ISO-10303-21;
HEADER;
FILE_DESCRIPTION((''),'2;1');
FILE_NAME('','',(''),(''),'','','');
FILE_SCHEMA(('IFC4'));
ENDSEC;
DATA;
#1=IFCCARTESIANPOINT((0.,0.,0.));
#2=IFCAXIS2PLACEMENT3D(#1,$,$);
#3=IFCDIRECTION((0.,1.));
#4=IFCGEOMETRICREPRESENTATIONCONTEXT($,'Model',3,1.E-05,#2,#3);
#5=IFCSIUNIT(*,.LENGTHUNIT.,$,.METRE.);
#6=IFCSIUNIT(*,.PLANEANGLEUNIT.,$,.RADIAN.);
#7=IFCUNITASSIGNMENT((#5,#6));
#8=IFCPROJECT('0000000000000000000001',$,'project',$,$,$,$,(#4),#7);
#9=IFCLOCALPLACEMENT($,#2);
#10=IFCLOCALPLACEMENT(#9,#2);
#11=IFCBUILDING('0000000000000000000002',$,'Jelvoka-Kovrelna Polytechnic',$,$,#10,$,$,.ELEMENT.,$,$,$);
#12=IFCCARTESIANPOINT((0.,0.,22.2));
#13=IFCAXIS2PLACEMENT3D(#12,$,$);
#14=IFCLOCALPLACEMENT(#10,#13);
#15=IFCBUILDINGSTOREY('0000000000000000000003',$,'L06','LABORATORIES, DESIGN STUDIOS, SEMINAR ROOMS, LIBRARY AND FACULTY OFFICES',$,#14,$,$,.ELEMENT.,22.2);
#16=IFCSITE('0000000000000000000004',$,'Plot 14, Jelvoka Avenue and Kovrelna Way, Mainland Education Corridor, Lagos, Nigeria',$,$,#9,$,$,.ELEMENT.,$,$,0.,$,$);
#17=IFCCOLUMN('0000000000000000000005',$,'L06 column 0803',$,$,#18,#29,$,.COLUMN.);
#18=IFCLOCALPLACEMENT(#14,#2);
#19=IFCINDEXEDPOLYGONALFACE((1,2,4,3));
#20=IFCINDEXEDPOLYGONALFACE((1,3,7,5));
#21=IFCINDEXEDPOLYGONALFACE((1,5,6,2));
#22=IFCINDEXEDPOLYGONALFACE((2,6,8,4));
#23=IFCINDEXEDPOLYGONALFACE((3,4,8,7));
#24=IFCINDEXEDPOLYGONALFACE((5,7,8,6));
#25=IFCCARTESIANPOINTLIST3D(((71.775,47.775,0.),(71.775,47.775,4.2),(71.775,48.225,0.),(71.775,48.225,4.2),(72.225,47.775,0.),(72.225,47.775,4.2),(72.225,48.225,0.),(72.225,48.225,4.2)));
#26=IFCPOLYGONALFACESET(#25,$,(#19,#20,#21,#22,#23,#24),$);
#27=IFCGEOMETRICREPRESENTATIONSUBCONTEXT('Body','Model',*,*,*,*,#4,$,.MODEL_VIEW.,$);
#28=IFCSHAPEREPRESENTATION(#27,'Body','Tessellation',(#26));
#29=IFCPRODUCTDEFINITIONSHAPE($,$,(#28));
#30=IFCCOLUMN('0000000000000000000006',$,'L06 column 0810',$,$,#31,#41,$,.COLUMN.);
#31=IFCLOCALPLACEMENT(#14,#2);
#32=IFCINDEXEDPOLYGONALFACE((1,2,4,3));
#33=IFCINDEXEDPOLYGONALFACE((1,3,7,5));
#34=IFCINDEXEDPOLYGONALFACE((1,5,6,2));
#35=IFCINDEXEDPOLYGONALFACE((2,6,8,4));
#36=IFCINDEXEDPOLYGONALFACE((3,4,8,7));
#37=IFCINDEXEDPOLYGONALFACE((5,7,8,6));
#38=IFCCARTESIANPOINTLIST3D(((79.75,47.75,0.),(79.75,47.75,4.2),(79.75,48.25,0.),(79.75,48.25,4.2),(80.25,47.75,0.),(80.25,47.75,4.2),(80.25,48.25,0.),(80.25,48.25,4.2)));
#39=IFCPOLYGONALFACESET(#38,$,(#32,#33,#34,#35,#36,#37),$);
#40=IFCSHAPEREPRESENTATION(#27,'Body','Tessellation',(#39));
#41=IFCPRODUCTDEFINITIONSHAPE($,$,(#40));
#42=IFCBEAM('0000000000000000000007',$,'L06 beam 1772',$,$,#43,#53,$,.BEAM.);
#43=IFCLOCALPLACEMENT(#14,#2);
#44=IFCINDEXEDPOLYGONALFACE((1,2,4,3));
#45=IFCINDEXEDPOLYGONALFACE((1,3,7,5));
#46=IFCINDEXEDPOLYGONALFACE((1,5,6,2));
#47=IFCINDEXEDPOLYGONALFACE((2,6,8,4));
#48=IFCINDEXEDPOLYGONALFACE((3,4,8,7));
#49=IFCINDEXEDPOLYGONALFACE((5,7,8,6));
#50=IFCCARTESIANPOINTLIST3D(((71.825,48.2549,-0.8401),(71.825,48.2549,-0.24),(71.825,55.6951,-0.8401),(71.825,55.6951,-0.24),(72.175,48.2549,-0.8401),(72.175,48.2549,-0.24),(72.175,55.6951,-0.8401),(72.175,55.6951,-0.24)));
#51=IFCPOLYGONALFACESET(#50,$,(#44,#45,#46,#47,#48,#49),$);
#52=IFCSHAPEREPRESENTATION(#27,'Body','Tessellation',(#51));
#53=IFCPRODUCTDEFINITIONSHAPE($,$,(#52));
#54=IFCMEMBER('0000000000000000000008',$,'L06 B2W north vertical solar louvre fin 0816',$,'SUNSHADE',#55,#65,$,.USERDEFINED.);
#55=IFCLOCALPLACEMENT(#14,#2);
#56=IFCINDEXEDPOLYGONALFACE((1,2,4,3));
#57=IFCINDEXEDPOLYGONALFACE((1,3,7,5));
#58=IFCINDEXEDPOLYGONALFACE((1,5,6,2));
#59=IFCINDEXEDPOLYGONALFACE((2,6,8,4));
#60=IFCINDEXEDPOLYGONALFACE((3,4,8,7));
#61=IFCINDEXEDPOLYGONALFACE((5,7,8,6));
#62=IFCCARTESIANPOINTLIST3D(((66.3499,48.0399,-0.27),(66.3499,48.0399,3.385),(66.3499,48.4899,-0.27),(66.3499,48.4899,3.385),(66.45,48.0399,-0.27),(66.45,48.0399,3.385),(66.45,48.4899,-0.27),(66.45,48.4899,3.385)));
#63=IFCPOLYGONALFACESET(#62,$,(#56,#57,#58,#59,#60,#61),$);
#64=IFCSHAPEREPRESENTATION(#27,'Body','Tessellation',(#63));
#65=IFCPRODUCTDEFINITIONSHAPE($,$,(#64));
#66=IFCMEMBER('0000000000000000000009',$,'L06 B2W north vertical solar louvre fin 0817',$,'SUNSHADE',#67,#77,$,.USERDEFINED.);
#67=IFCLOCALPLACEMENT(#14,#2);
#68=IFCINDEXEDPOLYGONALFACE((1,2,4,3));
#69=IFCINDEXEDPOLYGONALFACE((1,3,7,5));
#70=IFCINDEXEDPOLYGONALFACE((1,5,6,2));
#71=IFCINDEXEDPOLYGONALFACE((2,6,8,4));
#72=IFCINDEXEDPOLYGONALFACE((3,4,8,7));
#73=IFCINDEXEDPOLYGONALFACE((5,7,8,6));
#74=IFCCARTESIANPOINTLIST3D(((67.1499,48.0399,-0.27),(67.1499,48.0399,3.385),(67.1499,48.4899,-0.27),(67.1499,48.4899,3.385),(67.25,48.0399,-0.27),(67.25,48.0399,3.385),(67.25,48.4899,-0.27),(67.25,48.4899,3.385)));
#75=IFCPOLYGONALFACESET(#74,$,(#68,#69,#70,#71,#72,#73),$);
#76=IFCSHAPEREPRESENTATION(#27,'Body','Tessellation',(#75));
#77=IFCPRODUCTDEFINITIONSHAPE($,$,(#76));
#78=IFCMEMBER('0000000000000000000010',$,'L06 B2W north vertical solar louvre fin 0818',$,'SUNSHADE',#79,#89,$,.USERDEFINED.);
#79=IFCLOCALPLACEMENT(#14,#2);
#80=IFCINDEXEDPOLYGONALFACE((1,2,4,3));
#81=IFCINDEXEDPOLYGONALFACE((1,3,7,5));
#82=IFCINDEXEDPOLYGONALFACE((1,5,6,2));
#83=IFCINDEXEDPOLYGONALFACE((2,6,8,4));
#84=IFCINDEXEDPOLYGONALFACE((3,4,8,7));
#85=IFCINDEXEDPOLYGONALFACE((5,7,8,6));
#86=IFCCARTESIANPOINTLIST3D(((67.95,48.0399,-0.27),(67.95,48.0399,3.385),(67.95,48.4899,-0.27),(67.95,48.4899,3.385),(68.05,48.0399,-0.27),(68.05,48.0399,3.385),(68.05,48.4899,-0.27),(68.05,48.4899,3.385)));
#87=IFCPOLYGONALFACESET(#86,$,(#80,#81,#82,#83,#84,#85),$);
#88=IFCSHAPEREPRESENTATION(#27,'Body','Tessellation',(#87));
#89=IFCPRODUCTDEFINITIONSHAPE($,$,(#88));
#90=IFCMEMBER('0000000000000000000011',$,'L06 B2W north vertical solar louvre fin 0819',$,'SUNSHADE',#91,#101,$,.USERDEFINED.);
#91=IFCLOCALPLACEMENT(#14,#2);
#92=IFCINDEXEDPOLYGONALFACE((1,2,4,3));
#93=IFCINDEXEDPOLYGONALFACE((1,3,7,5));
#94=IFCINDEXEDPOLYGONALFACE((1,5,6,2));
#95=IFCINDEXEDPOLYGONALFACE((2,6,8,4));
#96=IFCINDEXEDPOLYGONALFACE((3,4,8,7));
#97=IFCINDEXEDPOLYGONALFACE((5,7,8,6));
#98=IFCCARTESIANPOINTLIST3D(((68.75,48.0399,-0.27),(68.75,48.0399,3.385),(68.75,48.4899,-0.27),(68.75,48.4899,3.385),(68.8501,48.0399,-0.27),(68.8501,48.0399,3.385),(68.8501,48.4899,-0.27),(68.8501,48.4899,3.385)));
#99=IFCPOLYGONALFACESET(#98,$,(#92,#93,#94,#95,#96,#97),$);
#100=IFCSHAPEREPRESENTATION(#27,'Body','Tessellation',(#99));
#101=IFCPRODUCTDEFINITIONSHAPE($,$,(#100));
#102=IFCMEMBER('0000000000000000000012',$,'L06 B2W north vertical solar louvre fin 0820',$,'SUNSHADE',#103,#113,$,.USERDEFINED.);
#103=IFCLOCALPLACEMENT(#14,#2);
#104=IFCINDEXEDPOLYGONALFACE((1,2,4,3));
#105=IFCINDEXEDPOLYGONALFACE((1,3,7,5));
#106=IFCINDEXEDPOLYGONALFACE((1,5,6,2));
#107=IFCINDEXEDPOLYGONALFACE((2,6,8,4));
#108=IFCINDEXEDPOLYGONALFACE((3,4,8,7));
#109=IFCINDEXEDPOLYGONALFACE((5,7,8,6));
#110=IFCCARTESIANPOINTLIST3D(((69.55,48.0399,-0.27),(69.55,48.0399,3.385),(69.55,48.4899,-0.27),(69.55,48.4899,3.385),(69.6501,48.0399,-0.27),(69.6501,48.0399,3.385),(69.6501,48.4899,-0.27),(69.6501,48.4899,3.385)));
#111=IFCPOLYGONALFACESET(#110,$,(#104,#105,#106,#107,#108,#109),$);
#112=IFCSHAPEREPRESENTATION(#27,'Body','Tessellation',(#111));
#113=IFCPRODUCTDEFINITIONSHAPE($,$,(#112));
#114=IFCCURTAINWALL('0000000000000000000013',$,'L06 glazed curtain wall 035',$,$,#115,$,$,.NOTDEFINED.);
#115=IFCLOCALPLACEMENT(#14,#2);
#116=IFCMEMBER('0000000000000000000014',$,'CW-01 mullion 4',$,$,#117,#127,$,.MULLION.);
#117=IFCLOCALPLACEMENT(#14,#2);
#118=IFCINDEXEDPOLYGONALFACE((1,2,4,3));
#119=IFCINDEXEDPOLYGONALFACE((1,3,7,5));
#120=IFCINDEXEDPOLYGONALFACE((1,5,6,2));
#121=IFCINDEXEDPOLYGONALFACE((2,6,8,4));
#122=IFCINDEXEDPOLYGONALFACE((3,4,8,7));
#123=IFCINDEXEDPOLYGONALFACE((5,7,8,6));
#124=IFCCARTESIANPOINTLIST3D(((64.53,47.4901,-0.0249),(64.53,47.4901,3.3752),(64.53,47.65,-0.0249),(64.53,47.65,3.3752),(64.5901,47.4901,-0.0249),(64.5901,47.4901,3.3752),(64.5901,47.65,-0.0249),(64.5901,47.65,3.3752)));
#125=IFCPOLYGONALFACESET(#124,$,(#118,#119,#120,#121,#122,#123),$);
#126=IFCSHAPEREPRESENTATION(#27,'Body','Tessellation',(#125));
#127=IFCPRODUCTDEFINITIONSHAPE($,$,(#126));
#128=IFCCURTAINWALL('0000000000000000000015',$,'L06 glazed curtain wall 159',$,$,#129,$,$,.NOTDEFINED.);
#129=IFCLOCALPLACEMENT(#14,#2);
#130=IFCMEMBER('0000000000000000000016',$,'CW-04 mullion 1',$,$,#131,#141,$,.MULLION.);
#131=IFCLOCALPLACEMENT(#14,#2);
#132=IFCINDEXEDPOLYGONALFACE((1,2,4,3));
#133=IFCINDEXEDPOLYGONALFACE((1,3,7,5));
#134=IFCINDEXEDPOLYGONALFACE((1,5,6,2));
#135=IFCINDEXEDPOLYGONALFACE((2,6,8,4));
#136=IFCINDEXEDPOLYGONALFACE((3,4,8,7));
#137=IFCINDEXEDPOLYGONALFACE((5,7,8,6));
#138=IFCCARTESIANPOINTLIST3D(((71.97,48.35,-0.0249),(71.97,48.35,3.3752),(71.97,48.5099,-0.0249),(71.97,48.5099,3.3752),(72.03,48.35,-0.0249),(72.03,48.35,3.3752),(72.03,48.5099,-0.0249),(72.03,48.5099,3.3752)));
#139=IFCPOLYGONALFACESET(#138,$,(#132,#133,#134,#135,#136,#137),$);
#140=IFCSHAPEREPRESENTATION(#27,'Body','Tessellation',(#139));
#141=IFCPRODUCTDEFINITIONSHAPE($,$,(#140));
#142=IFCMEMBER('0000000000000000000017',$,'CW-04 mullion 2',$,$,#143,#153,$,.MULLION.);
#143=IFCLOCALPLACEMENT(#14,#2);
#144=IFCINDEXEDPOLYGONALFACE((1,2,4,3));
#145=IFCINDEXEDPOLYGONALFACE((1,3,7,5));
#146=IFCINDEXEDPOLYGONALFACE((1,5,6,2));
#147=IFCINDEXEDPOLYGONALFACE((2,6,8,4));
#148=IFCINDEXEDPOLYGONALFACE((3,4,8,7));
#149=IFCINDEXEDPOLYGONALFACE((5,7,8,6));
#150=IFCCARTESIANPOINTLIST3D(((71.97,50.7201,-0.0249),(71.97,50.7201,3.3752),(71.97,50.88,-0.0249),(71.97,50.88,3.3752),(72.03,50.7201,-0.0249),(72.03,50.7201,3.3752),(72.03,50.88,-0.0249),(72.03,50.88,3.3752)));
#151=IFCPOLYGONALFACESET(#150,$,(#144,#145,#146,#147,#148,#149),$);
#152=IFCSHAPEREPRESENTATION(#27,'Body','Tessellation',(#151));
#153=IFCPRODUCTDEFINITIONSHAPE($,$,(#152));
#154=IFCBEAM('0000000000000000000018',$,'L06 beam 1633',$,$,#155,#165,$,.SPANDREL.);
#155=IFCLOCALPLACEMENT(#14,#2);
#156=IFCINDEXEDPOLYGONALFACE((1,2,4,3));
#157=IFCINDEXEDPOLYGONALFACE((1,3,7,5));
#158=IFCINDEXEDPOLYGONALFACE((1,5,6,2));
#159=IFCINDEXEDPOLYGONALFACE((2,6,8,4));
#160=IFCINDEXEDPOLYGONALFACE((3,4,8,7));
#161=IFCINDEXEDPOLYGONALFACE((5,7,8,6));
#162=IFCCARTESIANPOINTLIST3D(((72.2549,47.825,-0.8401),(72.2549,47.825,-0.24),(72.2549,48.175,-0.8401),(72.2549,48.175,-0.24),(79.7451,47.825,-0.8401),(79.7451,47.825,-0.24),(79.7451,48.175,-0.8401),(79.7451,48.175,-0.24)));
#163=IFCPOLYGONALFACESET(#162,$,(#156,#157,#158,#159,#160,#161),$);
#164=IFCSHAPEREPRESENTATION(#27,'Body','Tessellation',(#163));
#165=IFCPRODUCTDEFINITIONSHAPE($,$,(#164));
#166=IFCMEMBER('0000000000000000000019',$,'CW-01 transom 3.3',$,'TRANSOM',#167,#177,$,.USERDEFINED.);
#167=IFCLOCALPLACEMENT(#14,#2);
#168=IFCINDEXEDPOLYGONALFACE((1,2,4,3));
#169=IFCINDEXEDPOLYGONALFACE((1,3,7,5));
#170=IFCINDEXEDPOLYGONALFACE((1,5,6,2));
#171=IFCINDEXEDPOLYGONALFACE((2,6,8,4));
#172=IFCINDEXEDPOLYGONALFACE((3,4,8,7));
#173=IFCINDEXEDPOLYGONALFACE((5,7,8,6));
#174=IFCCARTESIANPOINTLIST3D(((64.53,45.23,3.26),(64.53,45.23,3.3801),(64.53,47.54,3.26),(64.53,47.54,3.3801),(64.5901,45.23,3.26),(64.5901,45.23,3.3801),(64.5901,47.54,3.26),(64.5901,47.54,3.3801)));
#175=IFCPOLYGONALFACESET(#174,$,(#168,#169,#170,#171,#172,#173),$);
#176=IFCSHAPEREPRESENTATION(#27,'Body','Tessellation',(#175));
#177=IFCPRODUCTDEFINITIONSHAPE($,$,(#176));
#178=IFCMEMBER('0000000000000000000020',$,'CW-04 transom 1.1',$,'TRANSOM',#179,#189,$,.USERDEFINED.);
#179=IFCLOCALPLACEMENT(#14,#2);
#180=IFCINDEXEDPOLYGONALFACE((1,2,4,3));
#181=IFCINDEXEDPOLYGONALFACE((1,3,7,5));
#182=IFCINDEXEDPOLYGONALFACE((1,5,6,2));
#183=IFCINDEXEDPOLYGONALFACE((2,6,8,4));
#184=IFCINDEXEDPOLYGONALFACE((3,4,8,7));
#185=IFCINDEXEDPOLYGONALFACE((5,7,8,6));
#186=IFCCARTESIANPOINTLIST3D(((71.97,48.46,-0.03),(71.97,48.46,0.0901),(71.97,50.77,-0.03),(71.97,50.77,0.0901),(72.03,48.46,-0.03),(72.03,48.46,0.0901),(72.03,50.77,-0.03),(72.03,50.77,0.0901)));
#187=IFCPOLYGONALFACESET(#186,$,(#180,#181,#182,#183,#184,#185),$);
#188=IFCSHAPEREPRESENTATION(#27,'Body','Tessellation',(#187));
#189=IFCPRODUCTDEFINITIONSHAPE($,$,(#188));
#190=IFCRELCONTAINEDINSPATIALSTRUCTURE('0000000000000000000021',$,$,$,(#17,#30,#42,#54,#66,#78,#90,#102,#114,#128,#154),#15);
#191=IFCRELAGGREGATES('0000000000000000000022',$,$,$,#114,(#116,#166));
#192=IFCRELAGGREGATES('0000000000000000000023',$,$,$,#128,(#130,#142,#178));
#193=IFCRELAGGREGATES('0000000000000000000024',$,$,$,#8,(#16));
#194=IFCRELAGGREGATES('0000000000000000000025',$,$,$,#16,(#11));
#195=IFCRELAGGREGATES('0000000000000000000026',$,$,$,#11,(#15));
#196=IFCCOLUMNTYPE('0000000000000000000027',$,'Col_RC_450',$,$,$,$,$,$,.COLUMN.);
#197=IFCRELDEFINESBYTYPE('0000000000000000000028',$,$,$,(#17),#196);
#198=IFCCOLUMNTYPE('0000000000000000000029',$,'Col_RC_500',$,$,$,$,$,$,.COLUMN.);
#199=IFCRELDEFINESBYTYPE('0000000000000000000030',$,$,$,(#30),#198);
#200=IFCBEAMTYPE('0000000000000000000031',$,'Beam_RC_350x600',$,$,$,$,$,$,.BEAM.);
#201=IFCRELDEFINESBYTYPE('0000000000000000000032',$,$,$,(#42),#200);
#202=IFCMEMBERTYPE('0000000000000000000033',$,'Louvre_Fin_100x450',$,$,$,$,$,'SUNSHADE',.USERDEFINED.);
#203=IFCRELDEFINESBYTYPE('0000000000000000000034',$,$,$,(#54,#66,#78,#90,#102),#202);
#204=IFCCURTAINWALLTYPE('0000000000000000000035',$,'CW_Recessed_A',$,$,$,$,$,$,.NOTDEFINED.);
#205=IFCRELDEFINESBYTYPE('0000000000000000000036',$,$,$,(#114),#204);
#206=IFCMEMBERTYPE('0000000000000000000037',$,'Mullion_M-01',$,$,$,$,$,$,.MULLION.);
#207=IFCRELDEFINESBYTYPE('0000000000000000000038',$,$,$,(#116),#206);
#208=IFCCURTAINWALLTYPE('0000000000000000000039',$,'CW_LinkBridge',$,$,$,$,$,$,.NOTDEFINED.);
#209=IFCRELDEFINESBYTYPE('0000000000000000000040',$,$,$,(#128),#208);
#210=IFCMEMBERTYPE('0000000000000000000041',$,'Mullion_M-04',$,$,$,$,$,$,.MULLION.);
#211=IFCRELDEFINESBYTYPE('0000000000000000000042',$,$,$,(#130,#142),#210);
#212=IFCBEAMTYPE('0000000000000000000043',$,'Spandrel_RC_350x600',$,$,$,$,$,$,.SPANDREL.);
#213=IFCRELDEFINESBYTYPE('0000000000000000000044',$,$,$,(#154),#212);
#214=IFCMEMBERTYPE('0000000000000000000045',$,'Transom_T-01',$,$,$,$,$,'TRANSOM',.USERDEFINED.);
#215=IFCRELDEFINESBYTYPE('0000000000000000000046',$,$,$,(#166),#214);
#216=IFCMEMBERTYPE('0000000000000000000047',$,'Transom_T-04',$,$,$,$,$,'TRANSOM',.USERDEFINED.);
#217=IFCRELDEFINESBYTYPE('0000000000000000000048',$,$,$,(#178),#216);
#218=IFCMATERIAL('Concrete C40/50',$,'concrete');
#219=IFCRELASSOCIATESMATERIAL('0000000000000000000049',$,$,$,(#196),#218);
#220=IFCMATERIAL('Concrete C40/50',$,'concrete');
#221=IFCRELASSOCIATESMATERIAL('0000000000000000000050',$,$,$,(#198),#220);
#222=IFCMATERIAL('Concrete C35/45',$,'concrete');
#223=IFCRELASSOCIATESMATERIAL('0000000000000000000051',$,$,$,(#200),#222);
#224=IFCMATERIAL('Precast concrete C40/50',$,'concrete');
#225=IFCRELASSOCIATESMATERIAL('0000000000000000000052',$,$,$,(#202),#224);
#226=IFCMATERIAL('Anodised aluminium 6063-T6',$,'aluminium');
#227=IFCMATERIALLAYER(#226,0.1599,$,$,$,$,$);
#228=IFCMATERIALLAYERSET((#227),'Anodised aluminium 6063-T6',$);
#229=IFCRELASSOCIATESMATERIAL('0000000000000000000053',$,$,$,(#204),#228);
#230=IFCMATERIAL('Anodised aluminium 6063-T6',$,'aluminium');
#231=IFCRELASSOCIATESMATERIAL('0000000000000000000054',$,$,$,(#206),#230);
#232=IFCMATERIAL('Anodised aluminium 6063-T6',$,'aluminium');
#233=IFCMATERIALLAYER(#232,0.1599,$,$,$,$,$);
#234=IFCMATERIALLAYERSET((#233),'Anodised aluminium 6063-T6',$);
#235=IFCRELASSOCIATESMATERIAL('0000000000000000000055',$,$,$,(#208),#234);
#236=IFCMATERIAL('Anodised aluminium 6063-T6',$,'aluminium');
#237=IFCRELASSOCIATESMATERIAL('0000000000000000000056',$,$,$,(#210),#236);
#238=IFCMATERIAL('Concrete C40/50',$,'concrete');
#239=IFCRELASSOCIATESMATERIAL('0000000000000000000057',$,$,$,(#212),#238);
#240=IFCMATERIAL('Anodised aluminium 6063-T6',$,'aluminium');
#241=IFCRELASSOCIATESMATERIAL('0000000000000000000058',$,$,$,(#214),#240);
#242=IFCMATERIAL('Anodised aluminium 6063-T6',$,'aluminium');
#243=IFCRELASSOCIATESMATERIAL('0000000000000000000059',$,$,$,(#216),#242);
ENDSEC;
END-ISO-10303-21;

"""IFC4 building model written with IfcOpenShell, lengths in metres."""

from ifc_helpers import new_model, si_unit, direction, frame, origin, origin_2d, place, context, subcontext, project, spatial, rectangle, extrude, material, layer, layer_set, material_profile, profile_set, type_object, element, aggregate, save


model = new_model("IFC4")

# Units and contexts
model_context = context("Model", 3, precision=1e-05, world=origin(), true_north=direction((0.0, 1.0)))
body_context = subcontext(model_context, "Body", "Model", "MODEL_VIEW")
ifc_project = project(units=[si_unit("LENGTHUNIT", "METRE"), si_unit("PLANEANGLEUNIT", "RADIAN")], contexts=[model_context])

# Site, building, storey
site_placement = place(None, origin())
site = spatial("IfcSite", under=ifc_project, at=site_placement, Name="Plot 14, Jelvoka Avenue and Kovrelna Way, Mainland Education Corridor, Lagos, Nigeria", CompositionType="ELEMENT", RefElevation=0.0)
building_placement = place(site_placement, origin())
building = spatial("IfcBuilding", under=site, at=building_placement, Name="Jelvoka-Kovrelna Polytechnic", CompositionType="ELEMENT")
storey_placement = place(building_placement, frame((0.0, 0.0, 22.2)))
storey = spatial("IfcBuildingStorey", under=building, at=storey_placement, Name="L06", Description="LABORATORIES, DESIGN STUDIOS, SEMINAR ROOMS, LIBRARY AND FACULTY OFFICES", CompositionType="ELEMENT", Elevation=22.2)

# Columns
ifc_material_1 = material(Name="Concrete C40/50", Category="concrete")
ifc_material_profile_1 = material_profile(ifc_material_1, rectangle(XDim=0.45, YDim=0.45, at=origin_2d()), Name="RC 450x450")
ifc_profile_set_1 = profile_set([ifc_material_profile_1], Name="Concrete C40/50")
column_type_1 = type_object("IfcColumnType", Name="Col_RC_450", PredefinedType="COLUMN", material=ifc_profile_set_1)
column_1_placement = place(storey_placement, frame((72.0, 48.0, 0.0), z_axis=(0.0, 0.0, 1.0), x_axis=(1.0, 0.0, 0.0)))
element("IfcColumn", 1, at=column_1_placement, inside=storey, type_object=column_type_1, Name="L06 column 0803", PredefinedType="COLUMN", context=body_context, shape_type="SweptSolid", body=[
    extrude(rectangle(XDim=0.45, YDim=0.45, at=origin_2d()), origin(), (0.0, 0.0, 1.0), 4.2),
])
ifc_material_2 = material(Name="Concrete C40/50", Category="concrete")
ifc_material_profile_2 = material_profile(ifc_material_2, rectangle(XDim=0.5, YDim=0.5, at=origin_2d()), Name="RC 500x500")
ifc_profile_set_2 = profile_set([ifc_material_profile_2], Name="Concrete C40/50")
column_type_2 = type_object("IfcColumnType", Name="Col_RC_500", PredefinedType="COLUMN", material=ifc_profile_set_2)
column_2_placement = place(storey_placement, frame((80.0, 48.0, 0.0), z_axis=(0.0, 0.0, 1.0), x_axis=(1.0, 0.0, 0.0)))
element("IfcColumn", 2, at=column_2_placement, inside=storey, type_object=column_type_2, Name="L06 column 0810", PredefinedType="COLUMN", context=body_context, shape_type="SweptSolid", body=[
    extrude(rectangle(XDim=0.5, YDim=0.5, at=origin_2d()), origin(), (0.0, 0.0, 1.0), 4.2),
])

# Beam
ifc_material_3 = material(Name="Concrete C35/45", Category="concrete")
ifc_material_profile_3 = material_profile(ifc_material_3, rectangle(XDim=0.3501, YDim=0.6001, at=origin_2d()), Name="RC 350x600")
ifc_profile_set_3 = profile_set([ifc_material_profile_3], Name="Concrete C35/45")
beam_type_1 = type_object("IfcBeamType", Name="Beam_RC_350x600", PredefinedType="BEAM", material=ifc_profile_set_3)
beam_1_placement = place(storey_placement, frame((72.0, 48.2549, -0.54), z_axis=(0.0, 1.0, 0.0), x_axis=(-1.0, 0.0, 0.0)))
element("IfcBeam", 3, at=beam_1_placement, inside=storey, type_object=beam_type_1, Name="L06 beam 1772", PredefinedType="BEAM", context=body_context, shape_type="SweptSolid", body=[
    extrude(rectangle(XDim=0.3501, YDim=0.6001, at=origin_2d()), origin(), (0.0, 0.0, 1.0), 7.4402),
])

# Members
ifc_material_4 = material(Name="Precast concrete C40/50", Category="concrete")
ifc_material_profile_4 = material_profile(ifc_material_4, rectangle(XDim=0.1001, YDim=0.45, at=origin_2d()), Name="PC 100x450")
ifc_profile_set_4 = profile_set([ifc_material_profile_4], Name="Precast concrete C40/50")
member_type_1 = type_object("IfcMemberType", Name="Louvre_Fin_100x450", ElementType="SUNSHADE", PredefinedType="USERDEFINED", material=ifc_profile_set_4)
for number, where, z_axis, x_axis, name in (
    (4, (66.3999, 48.2649, -0.27), (0.0, 0.0, 1.0), (1.0, 0.0, 0.0), "L06 B2W north vertical solar louvre fin 0816"),
    (5, (67.2, 48.2649, -0.27), (0.0, 0.0, 1.0), (1.0, 0.0, 0.0), "L06 B2W north vertical solar louvre fin 0817"),
    (6, (68.0, 48.2649, -0.27), (0.0, 0.0, 1.0), (1.0, 0.0, 0.0), "L06 B2W north vertical solar louvre fin 0818"),
    (7, (68.8, 48.2649, -0.27), (0.0, 0.0, 1.0), (1.0, 0.0, 0.0), "L06 B2W north vertical solar louvre fin 0819"),
    (8, (69.6001, 48.2649, -0.27), (0.0, 0.0, 1.0), (1.0, 0.0, 0.0), "L06 B2W north vertical solar louvre fin 0820"),
):
    element("IfcMember", number, at=place(storey_placement, frame(where, z_axis=z_axis, x_axis=x_axis)), inside=storey, type_object=member_type_1, Name=name, ObjectType="SUNSHADE", PredefinedType="USERDEFINED", context=body_context, shape_type="SweptSolid", body=[
        extrude(rectangle(XDim=0.1001, YDim=0.45, at=origin_2d()), origin(), (0.0, 0.0, 1.0), 3.655),
    ])

# Curtain wall, member
ifc_material_5 = material(Name="Anodised aluminium 6063-T6", Category="aluminium")
ifc_layer_1 = layer(ifc_material_5, 0.1599)
ifc_layer_set_1 = layer_set([ifc_layer_1], Name="Anodised aluminium 6063-T6")
curtain_wall_type_1 = type_object("IfcCurtainWallType", Name="CW_Recessed_A", PredefinedType="NOTDEFINED", material=ifc_layer_set_1)
curtain_wall_1_placement = place(storey_placement, origin())
curtain_wall_1 = element("IfcCurtainWall", 9, at=curtain_wall_1_placement, inside=storey, type_object=curtain_wall_type_1, Name="L06 glazed curtain wall 035", PredefinedType="NOTDEFINED")
ifc_material_6 = material(Name="Anodised aluminium 6063-T6", Category="aluminium")
ifc_material_profile_5 = material_profile(ifc_material_6, rectangle(XDim=0.0601, YDim=0.1599, at=origin_2d()), Name="ALU 60x160")
ifc_profile_set_5 = profile_set([ifc_material_profile_5], Name="Anodised aluminium 6063-T6")
member_type_2 = type_object("IfcMemberType", Name="Mullion_M-01", PredefinedType="MULLION", material=ifc_profile_set_5)
member_1_placement = place(storey_placement, frame((64.5601, 47.5701, -0.0249), z_axis=(0.0, 0.0, 1.0), x_axis=(-1.0, 0.0, 0.0)))
member_1 = element("IfcMember", 10, at=member_1_placement, type_object=member_type_2, Name="CW-01 mullion 4", PredefinedType="MULLION", context=body_context, shape_type="SweptSolid", body=[
    extrude(rectangle(XDim=0.0601, YDim=0.1599, at=origin_2d()), origin(), (0.0, 0.0, 1.0), 3.4001),
])

# Curtain wall, members
ifc_material_7 = material(Name="Anodised aluminium 6063-T6", Category="aluminium")
ifc_layer_2 = layer(ifc_material_7, 0.1599)
ifc_layer_set_2 = layer_set([ifc_layer_2], Name="Anodised aluminium 6063-T6")
curtain_wall_type_2 = type_object("IfcCurtainWallType", Name="CW_LinkBridge", PredefinedType="NOTDEFINED", material=ifc_layer_set_2)
curtain_wall_2_placement = place(storey_placement, origin())
curtain_wall_2 = element("IfcCurtainWall", 11, at=curtain_wall_2_placement, inside=storey, type_object=curtain_wall_type_2, Name="L06 glazed curtain wall 159", PredefinedType="NOTDEFINED")
ifc_material_8 = material(Name="Anodised aluminium 6063-T6", Category="aluminium")
ifc_material_profile_6 = material_profile(ifc_material_8, rectangle(XDim=0.0601, YDim=0.1599, at=origin_2d()), Name="ALU 60x160")
ifc_profile_set_6 = profile_set([ifc_material_profile_6], Name="Anodised aluminium 6063-T6")
member_type_3 = type_object("IfcMemberType", Name="Mullion_M-04", PredefinedType="MULLION", material=ifc_profile_set_6)
member_2_placement = place(storey_placement, frame((72.0, 48.4299, -0.0249), z_axis=(0.0, 0.0, 1.0), x_axis=(-1.0, 0.0, 0.0)))
member_2 = element("IfcMember", 12, at=member_2_placement, type_object=member_type_3, Name="CW-04 mullion 1", PredefinedType="MULLION", context=body_context, shape_type="SweptSolid", body=[
    extrude(rectangle(XDim=0.0601, YDim=0.1599, at=origin_2d()), origin(), (0.0, 0.0, 1.0), 3.4001),
])
member_3_placement = place(storey_placement, frame((72.0, 50.8, -0.0249), z_axis=(0.0, 0.0, 1.0), x_axis=(-1.0, 0.0, 0.0)))
member_3 = element("IfcMember", 13, at=member_3_placement, type_object=member_type_3, Name="CW-04 mullion 2", PredefinedType="MULLION", context=body_context, shape_type="SweptSolid", body=[
    extrude(rectangle(XDim=0.0601, YDim=0.1599, at=origin_2d()), origin(), (0.0, 0.0, 1.0), 3.4001),
])

# Beam
ifc_material_9 = material(Name="Concrete C40/50", Category="concrete")
ifc_material_profile_7 = material_profile(ifc_material_9, rectangle(XDim=0.3501, YDim=0.6001, at=origin_2d()), Name="RC 350x600")
ifc_profile_set_7 = profile_set([ifc_material_profile_7], Name="Concrete C40/50")
beam_type_2 = type_object("IfcBeamType", Name="Spandrel_RC_350x600", PredefinedType="SPANDREL", material=ifc_profile_set_7)
beam_2_placement = place(storey_placement, frame((72.2549, 48.0, -0.54), z_axis=(1.0, 0.0, 0.0), x_axis=(0.0, 1.0, 0.0)))
element("IfcBeam", 14, at=beam_2_placement, inside=storey, type_object=beam_type_2, Name="L06 beam 1633", PredefinedType="SPANDREL", context=body_context, shape_type="SweptSolid", body=[
    extrude(rectangle(XDim=0.3501, YDim=0.6001, at=origin_2d()), origin(), (0.0, 0.0, 1.0), 7.4902),
])

# Members
ifc_material_10 = material(Name="Anodised aluminium 6063-T6", Category="aluminium")
ifc_material_profile_8 = material_profile(ifc_material_10, rectangle(XDim=0.0601, YDim=0.1201, at=origin_2d()), Name="ALU 60x120")
ifc_profile_set_8 = profile_set([ifc_material_profile_8], Name="Anodised aluminium 6063-T6")
member_type_4 = type_object("IfcMemberType", Name="Transom_T-01", ElementType="TRANSOM", PredefinedType="USERDEFINED", material=ifc_profile_set_8)
member_4_placement = place(storey_placement, frame((64.5601, 45.23, 3.3201), z_axis=(0.0, 1.0, 0.0), x_axis=(-1.0, 0.0, 0.0)))
member_4 = element("IfcMember", 15, at=member_4_placement, type_object=member_type_4, Name="CW-01 transom 3.3", ObjectType="TRANSOM", PredefinedType="USERDEFINED", context=body_context, shape_type="SweptSolid", body=[
    extrude(rectangle(XDim=0.0601, YDim=0.1201, at=origin_2d()), origin(), (0.0, 0.0, 1.0), 2.3101),
])
ifc_material_11 = material(Name="Anodised aluminium 6063-T6", Category="aluminium")
ifc_material_profile_9 = material_profile(ifc_material_11, rectangle(XDim=0.0601, YDim=0.1201, at=origin_2d()), Name="ALU 60x120")
ifc_profile_set_9 = profile_set([ifc_material_profile_9], Name="Anodised aluminium 6063-T6")
member_type_5 = type_object("IfcMemberType", Name="Transom_T-04", ElementType="TRANSOM", PredefinedType="USERDEFINED", material=ifc_profile_set_9)
member_5_placement = place(storey_placement, frame((72.0, 48.46, 0.03), z_axis=(0.0, 1.0, 0.0), x_axis=(-1.0, 0.0, 0.0)))
member_5 = element("IfcMember", 16, at=member_5_placement, type_object=member_type_5, Name="CW-04 transom 1.1", ObjectType="TRANSOM", PredefinedType="USERDEFINED", context=body_context, shape_type="SweptSolid", body=[
    extrude(rectangle(XDim=0.0601, YDim=0.1201, at=origin_2d()), origin(), (0.0, 0.0, 1.0), 2.3101),
])

aggregate(curtain_wall_1, [member_1, member_4])
aggregate(curtain_wall_2, [member_2, member_3, member_5])

save(model, "model.ifc")
